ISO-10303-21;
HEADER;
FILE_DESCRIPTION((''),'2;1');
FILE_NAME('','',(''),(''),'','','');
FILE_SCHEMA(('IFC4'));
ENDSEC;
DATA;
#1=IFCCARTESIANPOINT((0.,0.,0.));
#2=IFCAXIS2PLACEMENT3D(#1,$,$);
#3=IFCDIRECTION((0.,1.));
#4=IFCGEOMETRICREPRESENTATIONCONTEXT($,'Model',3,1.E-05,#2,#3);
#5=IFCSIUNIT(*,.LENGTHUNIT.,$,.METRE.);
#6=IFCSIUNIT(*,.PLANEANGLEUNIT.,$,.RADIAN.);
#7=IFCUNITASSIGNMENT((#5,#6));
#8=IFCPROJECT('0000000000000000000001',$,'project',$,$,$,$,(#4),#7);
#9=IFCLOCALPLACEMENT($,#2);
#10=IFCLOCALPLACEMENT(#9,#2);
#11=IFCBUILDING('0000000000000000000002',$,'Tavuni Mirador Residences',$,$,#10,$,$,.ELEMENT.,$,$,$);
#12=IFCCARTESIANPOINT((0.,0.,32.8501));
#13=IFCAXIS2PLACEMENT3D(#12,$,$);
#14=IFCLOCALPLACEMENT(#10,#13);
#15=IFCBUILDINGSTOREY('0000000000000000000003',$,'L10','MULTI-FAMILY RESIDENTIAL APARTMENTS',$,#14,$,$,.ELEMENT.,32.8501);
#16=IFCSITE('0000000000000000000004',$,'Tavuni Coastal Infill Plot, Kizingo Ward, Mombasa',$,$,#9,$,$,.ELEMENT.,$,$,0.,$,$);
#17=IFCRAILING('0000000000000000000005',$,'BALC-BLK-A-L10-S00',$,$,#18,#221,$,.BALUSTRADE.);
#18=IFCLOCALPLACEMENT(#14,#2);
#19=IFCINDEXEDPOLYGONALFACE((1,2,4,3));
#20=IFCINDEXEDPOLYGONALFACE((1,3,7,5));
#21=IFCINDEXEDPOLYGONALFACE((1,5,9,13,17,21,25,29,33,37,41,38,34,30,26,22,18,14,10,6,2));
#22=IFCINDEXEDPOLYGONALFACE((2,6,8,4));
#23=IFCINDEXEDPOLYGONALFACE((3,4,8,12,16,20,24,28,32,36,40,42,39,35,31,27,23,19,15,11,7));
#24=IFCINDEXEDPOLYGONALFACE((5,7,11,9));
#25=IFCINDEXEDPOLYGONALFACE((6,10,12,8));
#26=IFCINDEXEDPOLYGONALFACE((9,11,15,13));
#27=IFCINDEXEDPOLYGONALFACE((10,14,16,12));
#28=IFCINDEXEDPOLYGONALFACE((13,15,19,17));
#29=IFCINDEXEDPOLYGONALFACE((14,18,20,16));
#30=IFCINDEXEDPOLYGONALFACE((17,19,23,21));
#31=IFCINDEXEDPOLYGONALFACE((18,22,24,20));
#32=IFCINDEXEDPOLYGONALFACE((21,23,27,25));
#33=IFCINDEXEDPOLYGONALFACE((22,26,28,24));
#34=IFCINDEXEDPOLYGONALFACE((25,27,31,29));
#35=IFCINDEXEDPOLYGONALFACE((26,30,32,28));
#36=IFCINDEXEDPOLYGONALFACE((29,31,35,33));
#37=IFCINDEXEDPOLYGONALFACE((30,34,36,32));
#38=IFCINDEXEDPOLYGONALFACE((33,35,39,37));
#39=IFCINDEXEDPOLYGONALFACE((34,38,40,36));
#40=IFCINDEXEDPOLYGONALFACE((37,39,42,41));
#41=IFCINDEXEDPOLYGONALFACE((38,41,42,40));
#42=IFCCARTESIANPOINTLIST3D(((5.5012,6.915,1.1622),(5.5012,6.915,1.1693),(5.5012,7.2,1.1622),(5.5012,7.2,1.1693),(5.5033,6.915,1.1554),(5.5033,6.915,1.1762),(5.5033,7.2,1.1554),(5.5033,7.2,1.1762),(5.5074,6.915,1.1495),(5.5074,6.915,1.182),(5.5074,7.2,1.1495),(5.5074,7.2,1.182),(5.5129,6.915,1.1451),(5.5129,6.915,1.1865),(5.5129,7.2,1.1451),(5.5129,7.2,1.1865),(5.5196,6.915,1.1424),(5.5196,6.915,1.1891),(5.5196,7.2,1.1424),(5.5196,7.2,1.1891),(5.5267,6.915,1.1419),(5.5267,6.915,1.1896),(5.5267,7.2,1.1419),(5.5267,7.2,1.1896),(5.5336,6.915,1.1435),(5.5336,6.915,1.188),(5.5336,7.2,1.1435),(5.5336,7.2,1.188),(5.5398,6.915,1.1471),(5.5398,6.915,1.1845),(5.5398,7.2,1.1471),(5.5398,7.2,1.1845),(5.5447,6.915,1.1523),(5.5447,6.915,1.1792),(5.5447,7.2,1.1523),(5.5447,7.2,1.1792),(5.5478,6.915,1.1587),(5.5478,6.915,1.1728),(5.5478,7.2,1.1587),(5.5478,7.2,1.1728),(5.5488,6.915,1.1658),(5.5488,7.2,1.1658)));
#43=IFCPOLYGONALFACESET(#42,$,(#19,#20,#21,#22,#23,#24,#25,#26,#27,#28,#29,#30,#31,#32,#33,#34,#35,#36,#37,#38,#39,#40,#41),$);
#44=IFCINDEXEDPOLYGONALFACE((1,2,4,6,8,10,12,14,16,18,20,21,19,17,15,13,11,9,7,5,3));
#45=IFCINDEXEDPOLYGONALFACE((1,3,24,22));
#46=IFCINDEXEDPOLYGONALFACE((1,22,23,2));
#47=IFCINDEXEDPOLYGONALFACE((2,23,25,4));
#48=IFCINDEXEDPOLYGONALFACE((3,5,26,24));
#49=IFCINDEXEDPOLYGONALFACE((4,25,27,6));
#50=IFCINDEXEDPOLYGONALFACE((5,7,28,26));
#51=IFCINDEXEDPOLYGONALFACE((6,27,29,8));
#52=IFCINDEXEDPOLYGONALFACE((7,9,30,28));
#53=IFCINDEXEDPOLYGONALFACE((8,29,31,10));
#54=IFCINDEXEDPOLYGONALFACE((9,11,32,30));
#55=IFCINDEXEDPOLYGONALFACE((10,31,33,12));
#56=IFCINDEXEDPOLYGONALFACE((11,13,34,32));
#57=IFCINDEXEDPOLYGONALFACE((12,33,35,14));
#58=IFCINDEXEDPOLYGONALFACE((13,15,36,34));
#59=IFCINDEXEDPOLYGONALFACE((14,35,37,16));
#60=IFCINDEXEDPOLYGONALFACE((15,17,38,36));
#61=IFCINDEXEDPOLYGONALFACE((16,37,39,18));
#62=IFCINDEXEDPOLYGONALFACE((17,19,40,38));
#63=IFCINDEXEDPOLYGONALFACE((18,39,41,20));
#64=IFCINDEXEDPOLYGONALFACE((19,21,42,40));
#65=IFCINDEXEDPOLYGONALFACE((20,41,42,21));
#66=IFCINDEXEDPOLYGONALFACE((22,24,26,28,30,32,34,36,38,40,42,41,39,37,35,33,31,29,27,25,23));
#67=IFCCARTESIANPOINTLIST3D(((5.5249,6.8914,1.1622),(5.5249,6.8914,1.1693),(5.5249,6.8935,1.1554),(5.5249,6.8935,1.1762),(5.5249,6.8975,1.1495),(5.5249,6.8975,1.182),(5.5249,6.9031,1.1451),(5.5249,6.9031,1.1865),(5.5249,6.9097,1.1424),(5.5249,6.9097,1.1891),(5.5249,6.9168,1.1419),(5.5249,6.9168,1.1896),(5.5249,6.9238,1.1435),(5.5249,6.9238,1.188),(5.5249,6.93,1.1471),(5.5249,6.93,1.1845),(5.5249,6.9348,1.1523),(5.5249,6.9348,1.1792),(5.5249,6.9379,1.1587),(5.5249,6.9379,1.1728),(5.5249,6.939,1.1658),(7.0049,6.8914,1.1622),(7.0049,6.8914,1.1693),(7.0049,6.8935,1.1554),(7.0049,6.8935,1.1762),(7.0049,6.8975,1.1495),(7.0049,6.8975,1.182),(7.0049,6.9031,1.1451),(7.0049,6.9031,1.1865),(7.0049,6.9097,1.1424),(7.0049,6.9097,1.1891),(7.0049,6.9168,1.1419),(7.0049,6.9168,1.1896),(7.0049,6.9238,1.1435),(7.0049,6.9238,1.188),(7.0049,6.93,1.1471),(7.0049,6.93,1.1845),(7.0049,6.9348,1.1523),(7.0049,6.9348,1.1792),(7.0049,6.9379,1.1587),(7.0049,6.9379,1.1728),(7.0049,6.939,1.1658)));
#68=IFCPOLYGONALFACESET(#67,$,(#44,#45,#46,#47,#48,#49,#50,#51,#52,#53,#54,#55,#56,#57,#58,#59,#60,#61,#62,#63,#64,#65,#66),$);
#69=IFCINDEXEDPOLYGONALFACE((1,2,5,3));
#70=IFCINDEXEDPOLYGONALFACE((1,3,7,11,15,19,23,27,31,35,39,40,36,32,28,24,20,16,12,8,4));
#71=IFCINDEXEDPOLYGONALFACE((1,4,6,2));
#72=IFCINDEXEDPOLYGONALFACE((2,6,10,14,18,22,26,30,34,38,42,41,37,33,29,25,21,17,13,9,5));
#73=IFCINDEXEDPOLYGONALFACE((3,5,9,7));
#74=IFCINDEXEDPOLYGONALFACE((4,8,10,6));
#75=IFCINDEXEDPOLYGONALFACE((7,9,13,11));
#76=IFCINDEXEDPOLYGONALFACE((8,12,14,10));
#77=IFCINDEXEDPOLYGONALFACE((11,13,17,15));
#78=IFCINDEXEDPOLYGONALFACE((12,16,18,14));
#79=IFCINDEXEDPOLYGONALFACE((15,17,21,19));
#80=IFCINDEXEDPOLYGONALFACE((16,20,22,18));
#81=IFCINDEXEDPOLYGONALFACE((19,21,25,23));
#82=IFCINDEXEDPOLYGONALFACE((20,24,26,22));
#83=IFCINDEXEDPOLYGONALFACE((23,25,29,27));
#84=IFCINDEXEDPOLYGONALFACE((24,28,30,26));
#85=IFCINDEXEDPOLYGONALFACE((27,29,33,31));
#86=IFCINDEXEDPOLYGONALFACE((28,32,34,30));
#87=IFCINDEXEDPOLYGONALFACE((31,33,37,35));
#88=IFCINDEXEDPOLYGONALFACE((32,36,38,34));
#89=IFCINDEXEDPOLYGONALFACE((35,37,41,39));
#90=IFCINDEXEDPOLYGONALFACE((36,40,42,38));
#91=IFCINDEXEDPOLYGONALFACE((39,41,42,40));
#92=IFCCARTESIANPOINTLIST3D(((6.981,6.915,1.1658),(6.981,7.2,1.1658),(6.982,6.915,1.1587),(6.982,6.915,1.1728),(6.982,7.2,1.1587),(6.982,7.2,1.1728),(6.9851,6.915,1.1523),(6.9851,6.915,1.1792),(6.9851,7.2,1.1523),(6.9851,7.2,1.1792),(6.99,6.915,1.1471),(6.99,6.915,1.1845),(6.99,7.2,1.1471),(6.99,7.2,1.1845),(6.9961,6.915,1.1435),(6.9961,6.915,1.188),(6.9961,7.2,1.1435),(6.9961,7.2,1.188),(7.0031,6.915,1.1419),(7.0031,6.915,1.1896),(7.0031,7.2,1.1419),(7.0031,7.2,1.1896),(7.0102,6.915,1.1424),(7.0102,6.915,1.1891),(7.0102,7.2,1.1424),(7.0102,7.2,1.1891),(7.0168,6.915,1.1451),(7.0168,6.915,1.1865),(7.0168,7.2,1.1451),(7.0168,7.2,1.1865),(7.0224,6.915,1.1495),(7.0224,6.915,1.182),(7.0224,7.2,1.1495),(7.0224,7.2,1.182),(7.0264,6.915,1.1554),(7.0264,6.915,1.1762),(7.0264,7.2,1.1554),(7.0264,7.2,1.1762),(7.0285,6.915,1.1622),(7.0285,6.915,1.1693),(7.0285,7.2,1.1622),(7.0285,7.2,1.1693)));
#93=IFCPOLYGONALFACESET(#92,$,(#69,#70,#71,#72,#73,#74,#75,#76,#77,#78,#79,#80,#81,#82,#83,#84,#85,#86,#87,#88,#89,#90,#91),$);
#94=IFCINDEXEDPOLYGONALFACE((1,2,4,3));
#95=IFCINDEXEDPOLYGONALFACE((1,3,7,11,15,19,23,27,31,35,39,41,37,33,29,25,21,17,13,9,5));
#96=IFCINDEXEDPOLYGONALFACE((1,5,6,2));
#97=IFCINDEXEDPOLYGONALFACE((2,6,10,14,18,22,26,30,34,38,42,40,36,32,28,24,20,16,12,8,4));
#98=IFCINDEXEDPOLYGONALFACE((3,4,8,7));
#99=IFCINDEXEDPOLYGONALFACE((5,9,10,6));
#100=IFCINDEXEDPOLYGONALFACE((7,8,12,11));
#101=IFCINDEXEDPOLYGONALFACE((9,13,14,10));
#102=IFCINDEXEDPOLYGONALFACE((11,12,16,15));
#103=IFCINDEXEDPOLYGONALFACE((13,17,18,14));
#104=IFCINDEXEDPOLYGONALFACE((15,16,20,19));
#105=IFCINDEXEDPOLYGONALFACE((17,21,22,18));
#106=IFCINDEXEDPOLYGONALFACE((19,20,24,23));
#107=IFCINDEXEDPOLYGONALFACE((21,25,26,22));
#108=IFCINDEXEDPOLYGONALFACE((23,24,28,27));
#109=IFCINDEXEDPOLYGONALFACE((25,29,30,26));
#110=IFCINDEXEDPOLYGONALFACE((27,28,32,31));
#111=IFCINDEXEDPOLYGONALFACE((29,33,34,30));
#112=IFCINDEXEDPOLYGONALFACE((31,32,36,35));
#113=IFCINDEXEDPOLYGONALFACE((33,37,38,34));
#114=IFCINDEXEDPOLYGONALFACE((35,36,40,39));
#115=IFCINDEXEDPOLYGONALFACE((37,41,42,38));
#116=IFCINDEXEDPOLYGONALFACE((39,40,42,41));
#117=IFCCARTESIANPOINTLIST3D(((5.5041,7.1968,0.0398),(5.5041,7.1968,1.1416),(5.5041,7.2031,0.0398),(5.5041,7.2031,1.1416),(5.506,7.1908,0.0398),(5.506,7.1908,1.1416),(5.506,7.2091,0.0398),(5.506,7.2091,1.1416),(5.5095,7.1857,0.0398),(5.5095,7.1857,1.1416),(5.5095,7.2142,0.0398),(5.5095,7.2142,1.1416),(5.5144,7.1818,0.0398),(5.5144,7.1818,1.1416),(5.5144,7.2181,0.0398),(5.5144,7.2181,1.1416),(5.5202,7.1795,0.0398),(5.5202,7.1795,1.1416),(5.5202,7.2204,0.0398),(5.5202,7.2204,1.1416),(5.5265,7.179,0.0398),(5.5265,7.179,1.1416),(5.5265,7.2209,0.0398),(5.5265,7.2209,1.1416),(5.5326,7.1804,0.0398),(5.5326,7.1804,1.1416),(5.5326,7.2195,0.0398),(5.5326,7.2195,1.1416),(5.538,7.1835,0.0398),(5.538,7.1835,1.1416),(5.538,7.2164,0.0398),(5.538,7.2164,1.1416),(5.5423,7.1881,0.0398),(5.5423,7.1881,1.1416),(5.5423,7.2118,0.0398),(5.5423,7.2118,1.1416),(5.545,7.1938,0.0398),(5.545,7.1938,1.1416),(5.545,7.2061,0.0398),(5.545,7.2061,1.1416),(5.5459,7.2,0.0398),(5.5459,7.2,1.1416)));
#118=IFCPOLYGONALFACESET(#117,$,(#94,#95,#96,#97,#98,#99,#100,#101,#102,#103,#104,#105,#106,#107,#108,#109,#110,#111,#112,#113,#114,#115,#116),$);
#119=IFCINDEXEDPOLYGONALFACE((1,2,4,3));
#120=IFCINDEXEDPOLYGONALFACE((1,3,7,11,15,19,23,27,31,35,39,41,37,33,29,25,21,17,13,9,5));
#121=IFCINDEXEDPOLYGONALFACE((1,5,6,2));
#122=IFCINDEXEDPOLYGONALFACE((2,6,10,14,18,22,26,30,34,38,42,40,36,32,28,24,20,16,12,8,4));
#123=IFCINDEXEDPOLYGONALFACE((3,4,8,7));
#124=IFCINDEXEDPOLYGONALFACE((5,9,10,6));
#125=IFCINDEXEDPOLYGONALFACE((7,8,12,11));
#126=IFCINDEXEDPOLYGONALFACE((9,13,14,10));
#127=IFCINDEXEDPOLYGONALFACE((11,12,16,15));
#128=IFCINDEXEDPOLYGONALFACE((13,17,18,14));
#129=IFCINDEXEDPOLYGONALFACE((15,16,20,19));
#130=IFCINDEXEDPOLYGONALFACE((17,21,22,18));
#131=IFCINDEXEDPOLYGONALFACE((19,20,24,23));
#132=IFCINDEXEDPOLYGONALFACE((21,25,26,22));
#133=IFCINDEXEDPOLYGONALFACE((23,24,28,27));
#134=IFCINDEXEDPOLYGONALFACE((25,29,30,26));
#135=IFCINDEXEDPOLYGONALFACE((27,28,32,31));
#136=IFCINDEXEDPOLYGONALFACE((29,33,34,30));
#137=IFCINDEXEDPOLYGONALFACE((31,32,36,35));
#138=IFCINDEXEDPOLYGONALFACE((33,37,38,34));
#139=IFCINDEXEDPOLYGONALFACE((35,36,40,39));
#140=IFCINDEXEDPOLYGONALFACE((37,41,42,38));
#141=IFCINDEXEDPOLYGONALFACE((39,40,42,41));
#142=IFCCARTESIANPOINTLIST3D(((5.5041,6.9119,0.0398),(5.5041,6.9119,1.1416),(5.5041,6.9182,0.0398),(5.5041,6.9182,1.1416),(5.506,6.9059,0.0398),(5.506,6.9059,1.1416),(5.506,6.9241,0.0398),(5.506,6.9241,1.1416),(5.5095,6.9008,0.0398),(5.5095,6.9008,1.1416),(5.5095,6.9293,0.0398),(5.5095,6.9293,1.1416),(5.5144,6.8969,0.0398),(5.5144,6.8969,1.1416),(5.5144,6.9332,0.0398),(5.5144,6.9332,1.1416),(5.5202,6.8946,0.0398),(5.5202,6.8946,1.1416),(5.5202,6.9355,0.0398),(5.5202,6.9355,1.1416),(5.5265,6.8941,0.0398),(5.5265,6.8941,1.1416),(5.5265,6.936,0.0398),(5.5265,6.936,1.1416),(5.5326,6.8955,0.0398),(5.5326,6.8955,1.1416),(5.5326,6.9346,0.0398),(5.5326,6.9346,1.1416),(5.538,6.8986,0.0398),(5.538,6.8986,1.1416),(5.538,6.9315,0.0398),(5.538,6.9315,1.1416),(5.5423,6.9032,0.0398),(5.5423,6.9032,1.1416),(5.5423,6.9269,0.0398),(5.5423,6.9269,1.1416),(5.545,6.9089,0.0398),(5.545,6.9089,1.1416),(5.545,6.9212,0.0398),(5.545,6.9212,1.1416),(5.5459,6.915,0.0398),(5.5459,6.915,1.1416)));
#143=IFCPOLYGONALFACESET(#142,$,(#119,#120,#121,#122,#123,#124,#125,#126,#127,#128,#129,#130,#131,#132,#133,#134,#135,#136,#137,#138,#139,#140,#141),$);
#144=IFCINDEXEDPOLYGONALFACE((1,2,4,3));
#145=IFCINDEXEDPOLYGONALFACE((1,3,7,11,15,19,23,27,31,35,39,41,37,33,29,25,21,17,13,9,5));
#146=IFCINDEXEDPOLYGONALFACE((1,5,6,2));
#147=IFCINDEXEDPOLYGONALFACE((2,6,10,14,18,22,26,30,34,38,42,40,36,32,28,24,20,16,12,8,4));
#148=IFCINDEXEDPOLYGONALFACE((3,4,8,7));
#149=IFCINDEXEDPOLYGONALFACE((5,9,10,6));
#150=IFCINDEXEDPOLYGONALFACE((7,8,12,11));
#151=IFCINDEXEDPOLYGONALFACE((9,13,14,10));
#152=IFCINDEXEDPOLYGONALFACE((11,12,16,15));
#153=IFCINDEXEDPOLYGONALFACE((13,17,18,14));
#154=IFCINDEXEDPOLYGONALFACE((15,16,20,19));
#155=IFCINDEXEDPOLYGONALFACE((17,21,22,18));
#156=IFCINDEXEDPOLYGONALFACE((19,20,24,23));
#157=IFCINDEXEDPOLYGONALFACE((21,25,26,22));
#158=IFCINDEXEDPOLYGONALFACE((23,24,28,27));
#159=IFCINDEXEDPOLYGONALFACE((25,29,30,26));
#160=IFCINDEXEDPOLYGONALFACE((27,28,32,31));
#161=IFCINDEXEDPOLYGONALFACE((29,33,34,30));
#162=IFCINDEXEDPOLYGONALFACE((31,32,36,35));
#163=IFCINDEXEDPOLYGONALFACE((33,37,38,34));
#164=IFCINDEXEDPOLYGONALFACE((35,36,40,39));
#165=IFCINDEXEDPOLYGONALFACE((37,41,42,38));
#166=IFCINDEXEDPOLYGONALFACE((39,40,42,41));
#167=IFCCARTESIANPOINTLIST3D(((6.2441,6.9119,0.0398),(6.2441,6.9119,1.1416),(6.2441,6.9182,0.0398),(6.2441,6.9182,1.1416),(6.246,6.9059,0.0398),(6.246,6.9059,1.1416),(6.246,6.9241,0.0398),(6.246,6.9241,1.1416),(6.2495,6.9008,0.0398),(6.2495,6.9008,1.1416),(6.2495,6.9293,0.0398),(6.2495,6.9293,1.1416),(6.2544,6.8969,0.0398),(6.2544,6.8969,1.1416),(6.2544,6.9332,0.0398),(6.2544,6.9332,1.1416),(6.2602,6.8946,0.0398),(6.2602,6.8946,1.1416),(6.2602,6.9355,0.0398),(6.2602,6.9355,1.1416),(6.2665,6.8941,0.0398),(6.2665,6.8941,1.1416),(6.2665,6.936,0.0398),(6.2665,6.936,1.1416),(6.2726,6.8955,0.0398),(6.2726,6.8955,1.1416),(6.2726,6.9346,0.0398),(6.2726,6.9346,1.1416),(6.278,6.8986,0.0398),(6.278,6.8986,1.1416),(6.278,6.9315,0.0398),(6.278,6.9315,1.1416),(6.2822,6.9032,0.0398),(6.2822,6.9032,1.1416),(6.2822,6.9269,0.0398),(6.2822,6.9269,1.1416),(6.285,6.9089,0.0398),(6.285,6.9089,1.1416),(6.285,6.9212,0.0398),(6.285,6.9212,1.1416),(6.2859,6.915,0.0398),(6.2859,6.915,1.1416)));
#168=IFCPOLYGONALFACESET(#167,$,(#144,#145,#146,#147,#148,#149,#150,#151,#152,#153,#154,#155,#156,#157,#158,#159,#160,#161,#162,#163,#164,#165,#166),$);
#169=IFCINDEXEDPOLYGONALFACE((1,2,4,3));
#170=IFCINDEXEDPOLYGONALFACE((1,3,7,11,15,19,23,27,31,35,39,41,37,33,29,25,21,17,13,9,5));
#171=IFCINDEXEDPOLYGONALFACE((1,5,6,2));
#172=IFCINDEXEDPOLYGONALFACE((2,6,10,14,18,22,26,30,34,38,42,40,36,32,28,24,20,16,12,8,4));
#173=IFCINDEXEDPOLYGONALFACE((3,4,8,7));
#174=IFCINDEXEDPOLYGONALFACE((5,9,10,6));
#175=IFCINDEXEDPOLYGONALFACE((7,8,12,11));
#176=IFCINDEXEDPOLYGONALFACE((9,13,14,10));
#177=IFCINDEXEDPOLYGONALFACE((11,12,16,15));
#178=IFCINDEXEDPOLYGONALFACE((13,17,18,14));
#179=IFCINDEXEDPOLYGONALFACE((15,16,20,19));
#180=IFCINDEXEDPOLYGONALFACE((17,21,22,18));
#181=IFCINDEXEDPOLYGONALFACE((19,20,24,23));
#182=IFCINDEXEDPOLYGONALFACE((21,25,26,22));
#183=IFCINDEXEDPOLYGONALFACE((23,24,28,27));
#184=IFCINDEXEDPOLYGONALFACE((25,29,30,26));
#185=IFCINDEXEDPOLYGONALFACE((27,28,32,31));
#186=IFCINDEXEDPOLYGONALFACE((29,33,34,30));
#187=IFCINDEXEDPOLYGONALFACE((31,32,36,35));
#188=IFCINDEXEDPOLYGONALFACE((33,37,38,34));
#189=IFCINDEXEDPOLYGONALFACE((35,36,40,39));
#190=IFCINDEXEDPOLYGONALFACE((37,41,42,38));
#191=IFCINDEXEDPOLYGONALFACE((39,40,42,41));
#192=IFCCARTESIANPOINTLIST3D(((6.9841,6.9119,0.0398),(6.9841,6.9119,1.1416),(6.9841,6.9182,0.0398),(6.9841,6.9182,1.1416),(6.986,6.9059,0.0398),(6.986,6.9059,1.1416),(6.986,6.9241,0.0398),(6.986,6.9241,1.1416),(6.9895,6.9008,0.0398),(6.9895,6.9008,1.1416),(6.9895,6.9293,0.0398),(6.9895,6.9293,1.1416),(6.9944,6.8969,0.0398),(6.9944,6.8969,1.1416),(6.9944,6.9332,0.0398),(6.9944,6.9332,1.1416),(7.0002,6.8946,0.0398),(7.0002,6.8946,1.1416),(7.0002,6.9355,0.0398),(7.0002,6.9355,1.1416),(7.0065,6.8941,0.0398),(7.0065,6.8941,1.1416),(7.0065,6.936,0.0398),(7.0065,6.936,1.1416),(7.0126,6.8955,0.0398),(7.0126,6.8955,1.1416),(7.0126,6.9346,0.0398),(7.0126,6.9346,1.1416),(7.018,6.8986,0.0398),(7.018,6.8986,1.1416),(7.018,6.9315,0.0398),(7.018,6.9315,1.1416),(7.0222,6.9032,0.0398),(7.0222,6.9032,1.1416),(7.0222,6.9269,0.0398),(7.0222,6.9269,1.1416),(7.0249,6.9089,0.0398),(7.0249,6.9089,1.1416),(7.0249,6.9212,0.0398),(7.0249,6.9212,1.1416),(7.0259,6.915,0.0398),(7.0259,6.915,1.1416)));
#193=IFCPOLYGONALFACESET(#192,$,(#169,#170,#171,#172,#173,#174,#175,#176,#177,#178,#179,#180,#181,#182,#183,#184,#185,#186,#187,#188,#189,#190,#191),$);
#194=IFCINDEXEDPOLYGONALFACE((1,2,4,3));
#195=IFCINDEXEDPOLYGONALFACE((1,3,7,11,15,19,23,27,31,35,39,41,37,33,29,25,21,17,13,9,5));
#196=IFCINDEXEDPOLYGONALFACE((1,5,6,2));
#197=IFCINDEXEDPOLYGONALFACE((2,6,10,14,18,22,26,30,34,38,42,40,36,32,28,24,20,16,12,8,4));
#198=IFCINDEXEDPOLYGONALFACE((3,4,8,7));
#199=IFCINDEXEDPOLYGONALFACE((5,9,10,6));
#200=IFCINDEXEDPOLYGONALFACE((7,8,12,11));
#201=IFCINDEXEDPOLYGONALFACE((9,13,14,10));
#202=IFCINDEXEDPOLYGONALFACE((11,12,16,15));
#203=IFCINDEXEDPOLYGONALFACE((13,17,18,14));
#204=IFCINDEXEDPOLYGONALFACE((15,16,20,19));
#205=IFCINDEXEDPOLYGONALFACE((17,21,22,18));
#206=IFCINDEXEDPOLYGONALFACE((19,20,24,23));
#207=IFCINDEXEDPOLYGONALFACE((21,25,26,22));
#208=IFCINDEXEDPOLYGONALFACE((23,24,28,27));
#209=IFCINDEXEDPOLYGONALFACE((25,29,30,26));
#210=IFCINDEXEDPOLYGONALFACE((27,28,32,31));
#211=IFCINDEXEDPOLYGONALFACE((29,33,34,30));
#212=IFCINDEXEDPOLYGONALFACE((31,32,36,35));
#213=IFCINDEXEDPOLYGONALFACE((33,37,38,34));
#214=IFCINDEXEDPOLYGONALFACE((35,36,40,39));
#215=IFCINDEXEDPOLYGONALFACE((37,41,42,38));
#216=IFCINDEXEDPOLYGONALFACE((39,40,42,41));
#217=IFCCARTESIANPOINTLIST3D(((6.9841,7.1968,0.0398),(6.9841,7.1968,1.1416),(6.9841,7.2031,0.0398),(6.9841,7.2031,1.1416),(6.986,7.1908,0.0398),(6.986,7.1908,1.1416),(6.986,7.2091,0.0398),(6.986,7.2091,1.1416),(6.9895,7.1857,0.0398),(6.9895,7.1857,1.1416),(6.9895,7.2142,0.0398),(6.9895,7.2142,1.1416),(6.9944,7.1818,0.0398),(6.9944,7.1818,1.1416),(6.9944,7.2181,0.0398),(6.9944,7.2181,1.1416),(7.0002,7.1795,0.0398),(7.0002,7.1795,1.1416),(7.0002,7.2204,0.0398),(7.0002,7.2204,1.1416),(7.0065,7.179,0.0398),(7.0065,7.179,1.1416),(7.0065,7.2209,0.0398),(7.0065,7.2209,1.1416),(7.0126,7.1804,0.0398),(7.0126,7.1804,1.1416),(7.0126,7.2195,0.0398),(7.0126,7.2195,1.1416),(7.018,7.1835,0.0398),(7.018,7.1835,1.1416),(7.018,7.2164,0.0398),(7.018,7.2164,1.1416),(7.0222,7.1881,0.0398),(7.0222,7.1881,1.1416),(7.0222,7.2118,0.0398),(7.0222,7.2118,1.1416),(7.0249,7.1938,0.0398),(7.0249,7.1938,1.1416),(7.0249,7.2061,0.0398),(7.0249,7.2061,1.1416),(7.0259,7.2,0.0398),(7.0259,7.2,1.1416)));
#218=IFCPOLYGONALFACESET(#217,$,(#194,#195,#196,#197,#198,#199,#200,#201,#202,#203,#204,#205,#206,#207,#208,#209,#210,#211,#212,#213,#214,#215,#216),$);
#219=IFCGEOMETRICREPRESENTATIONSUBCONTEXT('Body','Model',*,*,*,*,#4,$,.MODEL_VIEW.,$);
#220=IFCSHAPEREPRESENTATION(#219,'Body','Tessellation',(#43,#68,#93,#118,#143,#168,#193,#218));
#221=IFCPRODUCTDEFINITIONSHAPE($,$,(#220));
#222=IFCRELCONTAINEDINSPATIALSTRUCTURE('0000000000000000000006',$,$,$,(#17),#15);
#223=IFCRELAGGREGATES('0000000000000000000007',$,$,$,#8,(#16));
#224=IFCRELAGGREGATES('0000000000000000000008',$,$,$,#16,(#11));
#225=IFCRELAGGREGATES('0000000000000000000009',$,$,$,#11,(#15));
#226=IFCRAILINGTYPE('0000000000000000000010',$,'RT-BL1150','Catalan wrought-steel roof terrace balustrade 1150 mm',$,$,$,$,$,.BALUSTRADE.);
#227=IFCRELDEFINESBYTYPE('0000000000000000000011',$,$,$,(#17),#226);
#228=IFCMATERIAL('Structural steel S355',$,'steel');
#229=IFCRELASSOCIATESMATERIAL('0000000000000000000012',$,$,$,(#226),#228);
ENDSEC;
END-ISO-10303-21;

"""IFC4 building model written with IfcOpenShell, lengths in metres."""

from ifc_helpers import new_model, si_unit, direction, frame, origin, origin_2d, place, context, subcontext, project, spatial, circle, extrude, material, type_object, element, save


model = new_model("IFC4")

# Units and contexts
model_context = context("Model", 3, precision=1e-05, world=origin(), true_north=direction((0.0, 1.0)))
body_context = subcontext(model_context, "Body", "Model", "MODEL_VIEW")
ifc_project = project(units=[si_unit("LENGTHUNIT", "METRE"), si_unit("PLANEANGLEUNIT", "RADIAN")], contexts=[model_context])

# Site, building, storey
site_placement = place(None, origin())
site = spatial("IfcSite", under=ifc_project, at=site_placement, Name="Tavuni Coastal Infill Plot, Kizingo Ward, Mombasa", CompositionType="ELEMENT", RefElevation=0.0)
building_placement = place(site_placement, origin())
building = spatial("IfcBuilding", under=site, at=building_placement, Name="Tavuni Mirador Residences", CompositionType="ELEMENT")
storey_placement = place(building_placement, frame((0.0, 0.0, 32.8501)))
storey = spatial("IfcBuildingStorey", under=building, at=storey_placement, Name="L10", Description="MULTI-FAMILY RESIDENTIAL APARTMENTS", CompositionType="ELEMENT", Elevation=32.8501)

# Shared definitions
ifc_material_1 = material(Name="Structural steel S355", Category="steel")

# Railing
railing_type = type_object("IfcRailingType", Name="RT-BL1150", Description="Catalan wrought-steel roof terrace balustrade 1150 mm", PredefinedType="BALUSTRADE", material=ifc_material_1)
railing_placement = place(storey_placement, frame((5.5249, 7.2, 0.0398)))
element("IfcRailing", 1, at=railing_placement, inside=storey, type_object=railing_type, Name="BALC-BLK-A-L10-S00", PredefinedType="BALUSTRADE", context=body_context, shape_type="SweptSolid", body=[
    extrude(circle(Radius=0.0239, at=origin_2d()), frame((0.0, 0.0, 1.126), z_axis=(0.0, -1.0, 0.0), x_axis=(1.0, 0.0, 0.0)), (0.0, 0.0, 1.0), 0.2849),
    extrude(circle(Radius=0.0239, at=origin_2d()), frame((0.0, -0.2849, 1.126), z_axis=(1.0, 0.0, 0.0), x_axis=(0.0, 1.0, 0.0)), (0.0, 0.0, 1.0), 1.48),
    extrude(circle(Radius=0.0239, at=origin_2d()), frame((1.48, -0.2849, 1.126), z_axis=(0.0, 1.0, 0.0), x_axis=(-1.0, 0.0, 0.0)), (0.0, 0.0, 1.0), 0.2849),
    extrude(circle(Radius=0.021, at=origin_2d()), origin(), (0.0, 0.0, 1.0), 1.1018),
    extrude(circle(Radius=0.021, at=origin_2d()), frame((0.0, -0.2849, 0.0)), (0.0, 0.0, 1.0), 1.1018),
    extrude(circle(Radius=0.021, at=origin_2d()), frame((0.74, -0.2849, 0.0)), (0.0, 0.0, 1.0), 1.1018),
    extrude(circle(Radius=0.021, at=origin_2d()), frame((1.48, -0.2849, 0.0)), (0.0, 0.0, 1.0), 1.1018),
    extrude(circle(Radius=0.021, at=origin_2d()), frame((1.48, 0.0, 0.0)), (0.0, 0.0, 1.0), 1.1018),
])

save(model, "model.ifc")
